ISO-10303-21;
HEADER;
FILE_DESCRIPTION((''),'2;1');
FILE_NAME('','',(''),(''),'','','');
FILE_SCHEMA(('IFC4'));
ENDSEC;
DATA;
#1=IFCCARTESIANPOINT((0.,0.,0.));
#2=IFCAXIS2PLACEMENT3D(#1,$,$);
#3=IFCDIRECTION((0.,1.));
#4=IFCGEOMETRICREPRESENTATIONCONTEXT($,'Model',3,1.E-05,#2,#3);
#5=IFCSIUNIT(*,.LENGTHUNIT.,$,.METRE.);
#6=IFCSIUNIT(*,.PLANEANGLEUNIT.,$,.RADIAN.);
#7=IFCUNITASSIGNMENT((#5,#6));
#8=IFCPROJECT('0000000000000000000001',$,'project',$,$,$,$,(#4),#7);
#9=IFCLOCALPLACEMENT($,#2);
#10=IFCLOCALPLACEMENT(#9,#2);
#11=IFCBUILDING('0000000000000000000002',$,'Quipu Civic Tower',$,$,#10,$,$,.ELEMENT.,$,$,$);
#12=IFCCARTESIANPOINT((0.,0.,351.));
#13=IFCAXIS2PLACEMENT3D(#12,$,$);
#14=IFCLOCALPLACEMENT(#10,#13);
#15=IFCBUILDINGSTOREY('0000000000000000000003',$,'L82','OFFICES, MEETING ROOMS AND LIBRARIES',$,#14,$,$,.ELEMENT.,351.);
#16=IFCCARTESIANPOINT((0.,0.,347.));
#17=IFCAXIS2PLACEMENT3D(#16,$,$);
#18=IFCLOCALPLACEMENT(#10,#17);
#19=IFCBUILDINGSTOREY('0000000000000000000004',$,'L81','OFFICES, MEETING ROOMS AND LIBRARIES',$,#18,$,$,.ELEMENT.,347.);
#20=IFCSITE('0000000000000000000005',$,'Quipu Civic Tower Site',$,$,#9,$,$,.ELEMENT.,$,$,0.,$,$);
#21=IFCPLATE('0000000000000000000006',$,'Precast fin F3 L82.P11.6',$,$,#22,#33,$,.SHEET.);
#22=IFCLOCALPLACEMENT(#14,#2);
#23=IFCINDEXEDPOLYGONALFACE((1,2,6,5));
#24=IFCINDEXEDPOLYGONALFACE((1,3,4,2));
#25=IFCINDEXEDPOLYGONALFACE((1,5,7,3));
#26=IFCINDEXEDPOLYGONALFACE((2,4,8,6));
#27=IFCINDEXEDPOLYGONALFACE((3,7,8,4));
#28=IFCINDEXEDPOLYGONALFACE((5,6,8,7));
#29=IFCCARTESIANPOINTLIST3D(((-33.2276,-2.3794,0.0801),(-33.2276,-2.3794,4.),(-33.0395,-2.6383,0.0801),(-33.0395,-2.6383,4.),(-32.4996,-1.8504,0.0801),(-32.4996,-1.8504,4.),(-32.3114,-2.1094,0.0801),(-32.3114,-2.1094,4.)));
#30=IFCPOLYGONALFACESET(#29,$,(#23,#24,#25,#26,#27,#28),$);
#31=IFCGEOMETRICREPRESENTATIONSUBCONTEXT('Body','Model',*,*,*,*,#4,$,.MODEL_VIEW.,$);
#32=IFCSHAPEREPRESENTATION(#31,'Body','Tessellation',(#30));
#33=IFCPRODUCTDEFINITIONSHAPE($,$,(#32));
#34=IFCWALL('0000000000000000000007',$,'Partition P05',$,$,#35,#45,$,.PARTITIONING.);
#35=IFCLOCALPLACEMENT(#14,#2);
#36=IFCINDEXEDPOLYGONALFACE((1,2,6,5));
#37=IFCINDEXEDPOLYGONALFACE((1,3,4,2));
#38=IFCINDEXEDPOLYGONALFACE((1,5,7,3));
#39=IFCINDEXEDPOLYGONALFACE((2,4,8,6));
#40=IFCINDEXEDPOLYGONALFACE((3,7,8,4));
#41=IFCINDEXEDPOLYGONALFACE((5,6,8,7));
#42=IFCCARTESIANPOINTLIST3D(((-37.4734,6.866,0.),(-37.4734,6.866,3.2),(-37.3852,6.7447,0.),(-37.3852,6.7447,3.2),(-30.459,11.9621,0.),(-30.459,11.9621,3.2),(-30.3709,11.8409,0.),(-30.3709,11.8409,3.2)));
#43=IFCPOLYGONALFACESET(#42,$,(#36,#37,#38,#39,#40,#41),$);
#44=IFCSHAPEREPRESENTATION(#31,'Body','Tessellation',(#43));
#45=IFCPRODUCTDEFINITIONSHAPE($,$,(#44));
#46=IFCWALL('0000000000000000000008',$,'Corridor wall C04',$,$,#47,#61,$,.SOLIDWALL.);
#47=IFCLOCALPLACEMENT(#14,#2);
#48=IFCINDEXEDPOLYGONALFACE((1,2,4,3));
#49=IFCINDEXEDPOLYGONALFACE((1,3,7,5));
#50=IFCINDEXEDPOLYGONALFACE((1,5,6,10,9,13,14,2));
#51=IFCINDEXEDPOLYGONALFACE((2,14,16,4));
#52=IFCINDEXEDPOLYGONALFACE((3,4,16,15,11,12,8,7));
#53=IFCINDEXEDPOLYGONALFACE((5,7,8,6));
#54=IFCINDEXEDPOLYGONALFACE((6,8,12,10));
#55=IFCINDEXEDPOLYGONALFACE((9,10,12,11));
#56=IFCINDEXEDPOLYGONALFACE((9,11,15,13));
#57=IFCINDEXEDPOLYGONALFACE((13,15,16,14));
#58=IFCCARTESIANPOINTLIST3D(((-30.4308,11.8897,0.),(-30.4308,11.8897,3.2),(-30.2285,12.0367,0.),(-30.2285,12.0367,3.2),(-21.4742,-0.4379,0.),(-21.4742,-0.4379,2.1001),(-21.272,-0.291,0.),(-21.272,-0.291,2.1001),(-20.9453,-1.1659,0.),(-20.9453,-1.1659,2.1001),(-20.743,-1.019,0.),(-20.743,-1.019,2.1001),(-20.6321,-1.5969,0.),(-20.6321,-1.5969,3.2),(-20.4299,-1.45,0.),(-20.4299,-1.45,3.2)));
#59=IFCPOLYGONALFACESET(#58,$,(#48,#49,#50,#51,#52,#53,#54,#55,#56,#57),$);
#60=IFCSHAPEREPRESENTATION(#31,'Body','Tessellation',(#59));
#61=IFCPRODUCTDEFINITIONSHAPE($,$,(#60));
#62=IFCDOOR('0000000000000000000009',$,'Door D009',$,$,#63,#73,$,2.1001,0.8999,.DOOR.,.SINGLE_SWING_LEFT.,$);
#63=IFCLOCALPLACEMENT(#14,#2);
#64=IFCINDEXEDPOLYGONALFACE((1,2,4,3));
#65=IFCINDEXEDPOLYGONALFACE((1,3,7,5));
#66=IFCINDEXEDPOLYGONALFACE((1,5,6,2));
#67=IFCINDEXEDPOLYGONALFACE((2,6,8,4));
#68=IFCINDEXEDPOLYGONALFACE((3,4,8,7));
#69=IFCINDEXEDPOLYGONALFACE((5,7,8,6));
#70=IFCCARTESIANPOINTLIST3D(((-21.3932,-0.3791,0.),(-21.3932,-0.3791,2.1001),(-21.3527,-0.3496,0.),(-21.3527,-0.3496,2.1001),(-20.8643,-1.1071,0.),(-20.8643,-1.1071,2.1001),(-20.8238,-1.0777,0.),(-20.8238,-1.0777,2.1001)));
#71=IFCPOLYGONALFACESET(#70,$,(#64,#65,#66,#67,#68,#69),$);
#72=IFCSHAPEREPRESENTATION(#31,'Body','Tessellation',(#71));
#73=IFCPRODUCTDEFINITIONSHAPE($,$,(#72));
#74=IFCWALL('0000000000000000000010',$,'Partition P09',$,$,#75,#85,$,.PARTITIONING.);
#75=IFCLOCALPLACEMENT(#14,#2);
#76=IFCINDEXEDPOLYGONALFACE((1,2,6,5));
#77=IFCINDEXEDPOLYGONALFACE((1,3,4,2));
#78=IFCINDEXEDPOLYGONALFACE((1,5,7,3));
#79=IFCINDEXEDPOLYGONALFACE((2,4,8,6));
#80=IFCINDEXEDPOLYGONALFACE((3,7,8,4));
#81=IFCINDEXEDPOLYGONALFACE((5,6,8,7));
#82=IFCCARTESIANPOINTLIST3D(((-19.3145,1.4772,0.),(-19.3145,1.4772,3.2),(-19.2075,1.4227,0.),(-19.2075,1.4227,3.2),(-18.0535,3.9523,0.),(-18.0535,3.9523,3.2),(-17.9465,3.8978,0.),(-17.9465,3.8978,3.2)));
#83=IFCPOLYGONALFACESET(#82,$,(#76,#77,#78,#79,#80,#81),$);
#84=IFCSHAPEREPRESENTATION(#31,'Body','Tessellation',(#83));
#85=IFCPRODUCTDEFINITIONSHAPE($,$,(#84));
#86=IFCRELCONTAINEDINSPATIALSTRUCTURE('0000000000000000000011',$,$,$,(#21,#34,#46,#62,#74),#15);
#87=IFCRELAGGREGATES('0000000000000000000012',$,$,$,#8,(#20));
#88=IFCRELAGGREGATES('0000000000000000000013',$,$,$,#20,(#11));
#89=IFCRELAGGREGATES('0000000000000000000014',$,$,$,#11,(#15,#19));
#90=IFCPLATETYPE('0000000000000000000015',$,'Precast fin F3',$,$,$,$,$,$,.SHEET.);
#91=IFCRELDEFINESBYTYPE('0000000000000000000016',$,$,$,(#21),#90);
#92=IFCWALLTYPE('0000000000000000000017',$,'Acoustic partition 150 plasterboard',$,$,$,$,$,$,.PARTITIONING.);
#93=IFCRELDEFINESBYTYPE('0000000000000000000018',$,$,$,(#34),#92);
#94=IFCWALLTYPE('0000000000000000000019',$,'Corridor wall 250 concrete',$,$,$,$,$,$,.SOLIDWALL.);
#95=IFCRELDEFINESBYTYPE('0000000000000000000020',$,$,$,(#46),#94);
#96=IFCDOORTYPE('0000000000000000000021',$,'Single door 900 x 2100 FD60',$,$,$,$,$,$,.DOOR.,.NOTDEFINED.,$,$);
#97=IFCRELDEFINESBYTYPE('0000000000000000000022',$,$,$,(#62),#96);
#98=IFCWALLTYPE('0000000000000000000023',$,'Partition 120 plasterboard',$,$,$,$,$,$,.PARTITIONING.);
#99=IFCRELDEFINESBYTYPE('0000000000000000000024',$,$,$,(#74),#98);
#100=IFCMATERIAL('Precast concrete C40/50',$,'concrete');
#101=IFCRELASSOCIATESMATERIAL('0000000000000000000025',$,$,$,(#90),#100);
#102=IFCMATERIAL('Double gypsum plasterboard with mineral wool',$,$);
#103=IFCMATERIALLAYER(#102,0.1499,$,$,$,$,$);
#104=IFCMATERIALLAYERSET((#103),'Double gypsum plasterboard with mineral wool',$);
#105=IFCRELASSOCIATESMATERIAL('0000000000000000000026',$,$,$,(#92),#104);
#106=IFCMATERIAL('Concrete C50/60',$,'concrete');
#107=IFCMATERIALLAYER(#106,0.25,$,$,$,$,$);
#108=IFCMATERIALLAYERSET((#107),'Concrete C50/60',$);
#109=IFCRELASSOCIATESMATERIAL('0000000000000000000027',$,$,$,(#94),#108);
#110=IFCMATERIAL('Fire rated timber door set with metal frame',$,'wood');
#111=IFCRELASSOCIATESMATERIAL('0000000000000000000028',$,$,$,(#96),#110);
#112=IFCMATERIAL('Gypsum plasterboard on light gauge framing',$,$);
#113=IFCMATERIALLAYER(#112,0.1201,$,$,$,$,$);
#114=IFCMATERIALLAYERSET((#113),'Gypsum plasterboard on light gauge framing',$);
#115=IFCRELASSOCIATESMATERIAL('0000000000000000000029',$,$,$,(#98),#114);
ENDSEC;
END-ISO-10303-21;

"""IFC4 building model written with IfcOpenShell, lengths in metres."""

from ifc_helpers import new_model, si_unit, direction, frame, frame_2d, origin, origin_2d, place, context, subcontext, project, spatial, rectangle, extrude, material, layer, layer_set, type_object, element, fill, save


model = new_model("IFC4")

# Units and contexts
model_context = context("Model", 3, precision=1e-05, world=origin(), true_north=direction((0.0, 1.0)))
body_context = subcontext(model_context, "Body", "Model", "MODEL_VIEW")
ifc_project = project(units=[si_unit("LENGTHUNIT", "METRE"), si_unit("PLANEANGLEUNIT", "RADIAN")], contexts=[model_context])

# Site, building, storey
site_placement = place(None, origin())
site = spatial("IfcSite", under=ifc_project, at=site_placement, Name="Quipu Civic Tower Site", CompositionType="ELEMENT", RefElevation=0.0)
building_placement = place(site_placement, origin())
building = spatial("IfcBuilding", under=site, at=building_placement, Name="Quipu Civic Tower", CompositionType="ELEMENT")
storey_1_placement = place(building_placement, frame((0.0, 0.0, 351.0)))
storey_1 = spatial("IfcBuildingStorey", under=building, at=storey_1_placement, Name="L82", Description="OFFICES, MEETING ROOMS AND LIBRARIES", CompositionType="ELEMENT", Elevation=351.0)

# Shared definitions
storey_2_placement = place(building_placement, frame((0.0, 0.0, 347.0)))
storey_2 = spatial("IfcBuildingStorey", under=building, at=storey_2_placement, Name="L81", Description="OFFICES, MEETING ROOMS AND LIBRARIES", CompositionType="ELEMENT", Elevation=347.0)

# Plate
ifc_material_1 = material(Name="Precast concrete C40/50", Category="concrete")
plate_type_1 = type_object("IfcPlateType", Name="Precast fin F3", PredefinedType="SHEET", material=ifc_material_1)
for number, where, z_axis, x_axis, name in (
    (1, (-32.7695, -2.2444, 0.0801), (0.0, 0.0, 1.0), (0.587787, -0.809016, 0.0), "Precast fin F3 L82.P11.6"),
):
    element("IfcPlate", number, at=place(storey_1_placement, frame(where, z_axis=z_axis, x_axis=x_axis)), inside=storey_1, type_object=plate_type_1, Name=name, PredefinedType="SHEET", context=body_context, shape_type="SweptSolid", body=[
        extrude(rectangle(XDim=0.3201, YDim=0.8999, at=origin_2d()), origin(), (0.0, 0.0, 1.0), 3.9199),
    ])

# Wall
ifc_material_2 = material(Name="Double gypsum plasterboard with mineral wool")
ifc_layer_1 = layer(ifc_material_2, 0.1499)
ifc_layer_set_1 = layer_set([ifc_layer_1], Name="Double gypsum plasterboard with mineral wool")
wall_type_1 = type_object("IfcWallType", Name="Acoustic partition 150 plasterboard", PredefinedType="PARTITIONING", material=ifc_layer_set_1)
wall_1_placement = place(storey_1_placement, frame((-37.4292, 6.8054, 0.0), z_axis=(0.0, 0.0, 1.0), x_axis=(0.809021, 0.58778, 0.0)))
element("IfcWall", 2, at=wall_1_placement, inside=storey_1, type_object=wall_type_1, Name="Partition P05", PredefinedType="PARTITIONING", context=body_context, shape_type="SweptSolid", body=[
    extrude(rectangle(XDim=8.6702, YDim=0.1499, at=frame_2d((4.335, 0.0))), origin(), (0.0, 0.0, 1.0), 3.2),
])

# Wall, opening, door
ifc_material_3 = material(Name="Concrete C50/60", Category="concrete")
ifc_layer_2 = layer(ifc_material_3, 0.25)
ifc_layer_set_2 = layer_set([ifc_layer_2], Name="Concrete C50/60")
wall_type_2 = type_object("IfcWallType", Name="Corridor wall 250 concrete", PredefinedType="SOLIDWALL", material=ifc_layer_set_2)
wall_2_placement = place(storey_1_placement, frame((-20.531, -1.5234, 0.0), z_axis=(0.0, 0.0, 1.0), x_axis=(-0.587786, 0.809017, 0.0)))
wall_2 = element("IfcWall", 3, at=wall_2_placement, inside=storey_1, type_object=wall_type_2, Name="Corridor wall C04", PredefinedType="SOLIDWALL", context=body_context, shape_type="SweptSolid", body=[
    extrude(rectangle(XDim=16.6704, YDim=0.25, at=frame_2d((8.3352, 0.0))), origin(), (0.0, 0.0, 1.0), 3.2),
])
opening_placement = place(wall_2_placement, frame((0.5327, 0.0, 0.0)))
opening = element("IfcOpeningElement", 4, at=opening_placement, cuts=wall_2, PredefinedType="OPENING", context=body_context, shape_type="SweptSolid", body=[
    extrude(rectangle(XDim=0.8999, YDim=2.1001, at=frame_2d((0.45, 1.05))), frame((0.0, 0.135, 0.0), z_axis=(0.0, -1.0, 0.0), x_axis=(1.0, 0.0, 0.0)), (0.0, 0.0, 1.0), 0.27),
])
ifc_material_4 = material(Name="Fire rated timber door set with metal frame", Category="wood")
door_type = type_object("IfcDoorType", Name="Single door 900 x 2100 FD60", OperationType="NOTDEFINED", PredefinedType="DOOR", material=ifc_material_4)
door_placement = place(opening_placement, origin())
door = element("IfcDoor", 5, at=door_placement, inside=storey_1, type_object=door_type, Name="Door D009", OperationType="SINGLE_SWING_LEFT", OverallHeight=2.1001, OverallWidth=0.8999, PredefinedType="DOOR", context=body_context, shape_type="SweptSolid", body=[
    extrude(rectangle(XDim=0.8999, YDim=2.1001, at=frame_2d((0.45, 1.05))), frame((0.0, 0.0249, 0.0), z_axis=(0.0, -1.0, 0.0), x_axis=(1.0, 0.0, 0.0)), (0.0, 0.0, 1.0), 0.05),
])
fill(opening, door)

# Wall
ifc_material_5 = material(Name="Gypsum plasterboard on light gauge framing")
ifc_layer_3 = layer(ifc_material_5, 0.1201)
ifc_layer_set_3 = layer_set([ifc_layer_3], Name="Gypsum plasterboard on light gauge framing")
wall_type_3 = type_object("IfcWallType", Name="Partition 120 plasterboard", PredefinedType="PARTITIONING", material=ifc_layer_set_3)
wall_3_placement = place(storey_1_placement, frame((-19.261, 1.45, 0.0), z_axis=(0.0, 0.0, 1.0), x_axis=(0.453951, 0.891027, 0.0)))
element("IfcWall", 6, at=wall_3_placement, inside=storey_1, type_object=wall_type_3, Name="Partition P09", PredefinedType="PARTITIONING", context=body_context, shape_type="SweptSolid", body=[
    extrude(rectangle(XDim=2.7778, YDim=0.1201, at=frame_2d((1.3889, 0.0))), origin(), (0.0, 0.0, 1.0), 3.2),
])

save(model, "model.ifc")
